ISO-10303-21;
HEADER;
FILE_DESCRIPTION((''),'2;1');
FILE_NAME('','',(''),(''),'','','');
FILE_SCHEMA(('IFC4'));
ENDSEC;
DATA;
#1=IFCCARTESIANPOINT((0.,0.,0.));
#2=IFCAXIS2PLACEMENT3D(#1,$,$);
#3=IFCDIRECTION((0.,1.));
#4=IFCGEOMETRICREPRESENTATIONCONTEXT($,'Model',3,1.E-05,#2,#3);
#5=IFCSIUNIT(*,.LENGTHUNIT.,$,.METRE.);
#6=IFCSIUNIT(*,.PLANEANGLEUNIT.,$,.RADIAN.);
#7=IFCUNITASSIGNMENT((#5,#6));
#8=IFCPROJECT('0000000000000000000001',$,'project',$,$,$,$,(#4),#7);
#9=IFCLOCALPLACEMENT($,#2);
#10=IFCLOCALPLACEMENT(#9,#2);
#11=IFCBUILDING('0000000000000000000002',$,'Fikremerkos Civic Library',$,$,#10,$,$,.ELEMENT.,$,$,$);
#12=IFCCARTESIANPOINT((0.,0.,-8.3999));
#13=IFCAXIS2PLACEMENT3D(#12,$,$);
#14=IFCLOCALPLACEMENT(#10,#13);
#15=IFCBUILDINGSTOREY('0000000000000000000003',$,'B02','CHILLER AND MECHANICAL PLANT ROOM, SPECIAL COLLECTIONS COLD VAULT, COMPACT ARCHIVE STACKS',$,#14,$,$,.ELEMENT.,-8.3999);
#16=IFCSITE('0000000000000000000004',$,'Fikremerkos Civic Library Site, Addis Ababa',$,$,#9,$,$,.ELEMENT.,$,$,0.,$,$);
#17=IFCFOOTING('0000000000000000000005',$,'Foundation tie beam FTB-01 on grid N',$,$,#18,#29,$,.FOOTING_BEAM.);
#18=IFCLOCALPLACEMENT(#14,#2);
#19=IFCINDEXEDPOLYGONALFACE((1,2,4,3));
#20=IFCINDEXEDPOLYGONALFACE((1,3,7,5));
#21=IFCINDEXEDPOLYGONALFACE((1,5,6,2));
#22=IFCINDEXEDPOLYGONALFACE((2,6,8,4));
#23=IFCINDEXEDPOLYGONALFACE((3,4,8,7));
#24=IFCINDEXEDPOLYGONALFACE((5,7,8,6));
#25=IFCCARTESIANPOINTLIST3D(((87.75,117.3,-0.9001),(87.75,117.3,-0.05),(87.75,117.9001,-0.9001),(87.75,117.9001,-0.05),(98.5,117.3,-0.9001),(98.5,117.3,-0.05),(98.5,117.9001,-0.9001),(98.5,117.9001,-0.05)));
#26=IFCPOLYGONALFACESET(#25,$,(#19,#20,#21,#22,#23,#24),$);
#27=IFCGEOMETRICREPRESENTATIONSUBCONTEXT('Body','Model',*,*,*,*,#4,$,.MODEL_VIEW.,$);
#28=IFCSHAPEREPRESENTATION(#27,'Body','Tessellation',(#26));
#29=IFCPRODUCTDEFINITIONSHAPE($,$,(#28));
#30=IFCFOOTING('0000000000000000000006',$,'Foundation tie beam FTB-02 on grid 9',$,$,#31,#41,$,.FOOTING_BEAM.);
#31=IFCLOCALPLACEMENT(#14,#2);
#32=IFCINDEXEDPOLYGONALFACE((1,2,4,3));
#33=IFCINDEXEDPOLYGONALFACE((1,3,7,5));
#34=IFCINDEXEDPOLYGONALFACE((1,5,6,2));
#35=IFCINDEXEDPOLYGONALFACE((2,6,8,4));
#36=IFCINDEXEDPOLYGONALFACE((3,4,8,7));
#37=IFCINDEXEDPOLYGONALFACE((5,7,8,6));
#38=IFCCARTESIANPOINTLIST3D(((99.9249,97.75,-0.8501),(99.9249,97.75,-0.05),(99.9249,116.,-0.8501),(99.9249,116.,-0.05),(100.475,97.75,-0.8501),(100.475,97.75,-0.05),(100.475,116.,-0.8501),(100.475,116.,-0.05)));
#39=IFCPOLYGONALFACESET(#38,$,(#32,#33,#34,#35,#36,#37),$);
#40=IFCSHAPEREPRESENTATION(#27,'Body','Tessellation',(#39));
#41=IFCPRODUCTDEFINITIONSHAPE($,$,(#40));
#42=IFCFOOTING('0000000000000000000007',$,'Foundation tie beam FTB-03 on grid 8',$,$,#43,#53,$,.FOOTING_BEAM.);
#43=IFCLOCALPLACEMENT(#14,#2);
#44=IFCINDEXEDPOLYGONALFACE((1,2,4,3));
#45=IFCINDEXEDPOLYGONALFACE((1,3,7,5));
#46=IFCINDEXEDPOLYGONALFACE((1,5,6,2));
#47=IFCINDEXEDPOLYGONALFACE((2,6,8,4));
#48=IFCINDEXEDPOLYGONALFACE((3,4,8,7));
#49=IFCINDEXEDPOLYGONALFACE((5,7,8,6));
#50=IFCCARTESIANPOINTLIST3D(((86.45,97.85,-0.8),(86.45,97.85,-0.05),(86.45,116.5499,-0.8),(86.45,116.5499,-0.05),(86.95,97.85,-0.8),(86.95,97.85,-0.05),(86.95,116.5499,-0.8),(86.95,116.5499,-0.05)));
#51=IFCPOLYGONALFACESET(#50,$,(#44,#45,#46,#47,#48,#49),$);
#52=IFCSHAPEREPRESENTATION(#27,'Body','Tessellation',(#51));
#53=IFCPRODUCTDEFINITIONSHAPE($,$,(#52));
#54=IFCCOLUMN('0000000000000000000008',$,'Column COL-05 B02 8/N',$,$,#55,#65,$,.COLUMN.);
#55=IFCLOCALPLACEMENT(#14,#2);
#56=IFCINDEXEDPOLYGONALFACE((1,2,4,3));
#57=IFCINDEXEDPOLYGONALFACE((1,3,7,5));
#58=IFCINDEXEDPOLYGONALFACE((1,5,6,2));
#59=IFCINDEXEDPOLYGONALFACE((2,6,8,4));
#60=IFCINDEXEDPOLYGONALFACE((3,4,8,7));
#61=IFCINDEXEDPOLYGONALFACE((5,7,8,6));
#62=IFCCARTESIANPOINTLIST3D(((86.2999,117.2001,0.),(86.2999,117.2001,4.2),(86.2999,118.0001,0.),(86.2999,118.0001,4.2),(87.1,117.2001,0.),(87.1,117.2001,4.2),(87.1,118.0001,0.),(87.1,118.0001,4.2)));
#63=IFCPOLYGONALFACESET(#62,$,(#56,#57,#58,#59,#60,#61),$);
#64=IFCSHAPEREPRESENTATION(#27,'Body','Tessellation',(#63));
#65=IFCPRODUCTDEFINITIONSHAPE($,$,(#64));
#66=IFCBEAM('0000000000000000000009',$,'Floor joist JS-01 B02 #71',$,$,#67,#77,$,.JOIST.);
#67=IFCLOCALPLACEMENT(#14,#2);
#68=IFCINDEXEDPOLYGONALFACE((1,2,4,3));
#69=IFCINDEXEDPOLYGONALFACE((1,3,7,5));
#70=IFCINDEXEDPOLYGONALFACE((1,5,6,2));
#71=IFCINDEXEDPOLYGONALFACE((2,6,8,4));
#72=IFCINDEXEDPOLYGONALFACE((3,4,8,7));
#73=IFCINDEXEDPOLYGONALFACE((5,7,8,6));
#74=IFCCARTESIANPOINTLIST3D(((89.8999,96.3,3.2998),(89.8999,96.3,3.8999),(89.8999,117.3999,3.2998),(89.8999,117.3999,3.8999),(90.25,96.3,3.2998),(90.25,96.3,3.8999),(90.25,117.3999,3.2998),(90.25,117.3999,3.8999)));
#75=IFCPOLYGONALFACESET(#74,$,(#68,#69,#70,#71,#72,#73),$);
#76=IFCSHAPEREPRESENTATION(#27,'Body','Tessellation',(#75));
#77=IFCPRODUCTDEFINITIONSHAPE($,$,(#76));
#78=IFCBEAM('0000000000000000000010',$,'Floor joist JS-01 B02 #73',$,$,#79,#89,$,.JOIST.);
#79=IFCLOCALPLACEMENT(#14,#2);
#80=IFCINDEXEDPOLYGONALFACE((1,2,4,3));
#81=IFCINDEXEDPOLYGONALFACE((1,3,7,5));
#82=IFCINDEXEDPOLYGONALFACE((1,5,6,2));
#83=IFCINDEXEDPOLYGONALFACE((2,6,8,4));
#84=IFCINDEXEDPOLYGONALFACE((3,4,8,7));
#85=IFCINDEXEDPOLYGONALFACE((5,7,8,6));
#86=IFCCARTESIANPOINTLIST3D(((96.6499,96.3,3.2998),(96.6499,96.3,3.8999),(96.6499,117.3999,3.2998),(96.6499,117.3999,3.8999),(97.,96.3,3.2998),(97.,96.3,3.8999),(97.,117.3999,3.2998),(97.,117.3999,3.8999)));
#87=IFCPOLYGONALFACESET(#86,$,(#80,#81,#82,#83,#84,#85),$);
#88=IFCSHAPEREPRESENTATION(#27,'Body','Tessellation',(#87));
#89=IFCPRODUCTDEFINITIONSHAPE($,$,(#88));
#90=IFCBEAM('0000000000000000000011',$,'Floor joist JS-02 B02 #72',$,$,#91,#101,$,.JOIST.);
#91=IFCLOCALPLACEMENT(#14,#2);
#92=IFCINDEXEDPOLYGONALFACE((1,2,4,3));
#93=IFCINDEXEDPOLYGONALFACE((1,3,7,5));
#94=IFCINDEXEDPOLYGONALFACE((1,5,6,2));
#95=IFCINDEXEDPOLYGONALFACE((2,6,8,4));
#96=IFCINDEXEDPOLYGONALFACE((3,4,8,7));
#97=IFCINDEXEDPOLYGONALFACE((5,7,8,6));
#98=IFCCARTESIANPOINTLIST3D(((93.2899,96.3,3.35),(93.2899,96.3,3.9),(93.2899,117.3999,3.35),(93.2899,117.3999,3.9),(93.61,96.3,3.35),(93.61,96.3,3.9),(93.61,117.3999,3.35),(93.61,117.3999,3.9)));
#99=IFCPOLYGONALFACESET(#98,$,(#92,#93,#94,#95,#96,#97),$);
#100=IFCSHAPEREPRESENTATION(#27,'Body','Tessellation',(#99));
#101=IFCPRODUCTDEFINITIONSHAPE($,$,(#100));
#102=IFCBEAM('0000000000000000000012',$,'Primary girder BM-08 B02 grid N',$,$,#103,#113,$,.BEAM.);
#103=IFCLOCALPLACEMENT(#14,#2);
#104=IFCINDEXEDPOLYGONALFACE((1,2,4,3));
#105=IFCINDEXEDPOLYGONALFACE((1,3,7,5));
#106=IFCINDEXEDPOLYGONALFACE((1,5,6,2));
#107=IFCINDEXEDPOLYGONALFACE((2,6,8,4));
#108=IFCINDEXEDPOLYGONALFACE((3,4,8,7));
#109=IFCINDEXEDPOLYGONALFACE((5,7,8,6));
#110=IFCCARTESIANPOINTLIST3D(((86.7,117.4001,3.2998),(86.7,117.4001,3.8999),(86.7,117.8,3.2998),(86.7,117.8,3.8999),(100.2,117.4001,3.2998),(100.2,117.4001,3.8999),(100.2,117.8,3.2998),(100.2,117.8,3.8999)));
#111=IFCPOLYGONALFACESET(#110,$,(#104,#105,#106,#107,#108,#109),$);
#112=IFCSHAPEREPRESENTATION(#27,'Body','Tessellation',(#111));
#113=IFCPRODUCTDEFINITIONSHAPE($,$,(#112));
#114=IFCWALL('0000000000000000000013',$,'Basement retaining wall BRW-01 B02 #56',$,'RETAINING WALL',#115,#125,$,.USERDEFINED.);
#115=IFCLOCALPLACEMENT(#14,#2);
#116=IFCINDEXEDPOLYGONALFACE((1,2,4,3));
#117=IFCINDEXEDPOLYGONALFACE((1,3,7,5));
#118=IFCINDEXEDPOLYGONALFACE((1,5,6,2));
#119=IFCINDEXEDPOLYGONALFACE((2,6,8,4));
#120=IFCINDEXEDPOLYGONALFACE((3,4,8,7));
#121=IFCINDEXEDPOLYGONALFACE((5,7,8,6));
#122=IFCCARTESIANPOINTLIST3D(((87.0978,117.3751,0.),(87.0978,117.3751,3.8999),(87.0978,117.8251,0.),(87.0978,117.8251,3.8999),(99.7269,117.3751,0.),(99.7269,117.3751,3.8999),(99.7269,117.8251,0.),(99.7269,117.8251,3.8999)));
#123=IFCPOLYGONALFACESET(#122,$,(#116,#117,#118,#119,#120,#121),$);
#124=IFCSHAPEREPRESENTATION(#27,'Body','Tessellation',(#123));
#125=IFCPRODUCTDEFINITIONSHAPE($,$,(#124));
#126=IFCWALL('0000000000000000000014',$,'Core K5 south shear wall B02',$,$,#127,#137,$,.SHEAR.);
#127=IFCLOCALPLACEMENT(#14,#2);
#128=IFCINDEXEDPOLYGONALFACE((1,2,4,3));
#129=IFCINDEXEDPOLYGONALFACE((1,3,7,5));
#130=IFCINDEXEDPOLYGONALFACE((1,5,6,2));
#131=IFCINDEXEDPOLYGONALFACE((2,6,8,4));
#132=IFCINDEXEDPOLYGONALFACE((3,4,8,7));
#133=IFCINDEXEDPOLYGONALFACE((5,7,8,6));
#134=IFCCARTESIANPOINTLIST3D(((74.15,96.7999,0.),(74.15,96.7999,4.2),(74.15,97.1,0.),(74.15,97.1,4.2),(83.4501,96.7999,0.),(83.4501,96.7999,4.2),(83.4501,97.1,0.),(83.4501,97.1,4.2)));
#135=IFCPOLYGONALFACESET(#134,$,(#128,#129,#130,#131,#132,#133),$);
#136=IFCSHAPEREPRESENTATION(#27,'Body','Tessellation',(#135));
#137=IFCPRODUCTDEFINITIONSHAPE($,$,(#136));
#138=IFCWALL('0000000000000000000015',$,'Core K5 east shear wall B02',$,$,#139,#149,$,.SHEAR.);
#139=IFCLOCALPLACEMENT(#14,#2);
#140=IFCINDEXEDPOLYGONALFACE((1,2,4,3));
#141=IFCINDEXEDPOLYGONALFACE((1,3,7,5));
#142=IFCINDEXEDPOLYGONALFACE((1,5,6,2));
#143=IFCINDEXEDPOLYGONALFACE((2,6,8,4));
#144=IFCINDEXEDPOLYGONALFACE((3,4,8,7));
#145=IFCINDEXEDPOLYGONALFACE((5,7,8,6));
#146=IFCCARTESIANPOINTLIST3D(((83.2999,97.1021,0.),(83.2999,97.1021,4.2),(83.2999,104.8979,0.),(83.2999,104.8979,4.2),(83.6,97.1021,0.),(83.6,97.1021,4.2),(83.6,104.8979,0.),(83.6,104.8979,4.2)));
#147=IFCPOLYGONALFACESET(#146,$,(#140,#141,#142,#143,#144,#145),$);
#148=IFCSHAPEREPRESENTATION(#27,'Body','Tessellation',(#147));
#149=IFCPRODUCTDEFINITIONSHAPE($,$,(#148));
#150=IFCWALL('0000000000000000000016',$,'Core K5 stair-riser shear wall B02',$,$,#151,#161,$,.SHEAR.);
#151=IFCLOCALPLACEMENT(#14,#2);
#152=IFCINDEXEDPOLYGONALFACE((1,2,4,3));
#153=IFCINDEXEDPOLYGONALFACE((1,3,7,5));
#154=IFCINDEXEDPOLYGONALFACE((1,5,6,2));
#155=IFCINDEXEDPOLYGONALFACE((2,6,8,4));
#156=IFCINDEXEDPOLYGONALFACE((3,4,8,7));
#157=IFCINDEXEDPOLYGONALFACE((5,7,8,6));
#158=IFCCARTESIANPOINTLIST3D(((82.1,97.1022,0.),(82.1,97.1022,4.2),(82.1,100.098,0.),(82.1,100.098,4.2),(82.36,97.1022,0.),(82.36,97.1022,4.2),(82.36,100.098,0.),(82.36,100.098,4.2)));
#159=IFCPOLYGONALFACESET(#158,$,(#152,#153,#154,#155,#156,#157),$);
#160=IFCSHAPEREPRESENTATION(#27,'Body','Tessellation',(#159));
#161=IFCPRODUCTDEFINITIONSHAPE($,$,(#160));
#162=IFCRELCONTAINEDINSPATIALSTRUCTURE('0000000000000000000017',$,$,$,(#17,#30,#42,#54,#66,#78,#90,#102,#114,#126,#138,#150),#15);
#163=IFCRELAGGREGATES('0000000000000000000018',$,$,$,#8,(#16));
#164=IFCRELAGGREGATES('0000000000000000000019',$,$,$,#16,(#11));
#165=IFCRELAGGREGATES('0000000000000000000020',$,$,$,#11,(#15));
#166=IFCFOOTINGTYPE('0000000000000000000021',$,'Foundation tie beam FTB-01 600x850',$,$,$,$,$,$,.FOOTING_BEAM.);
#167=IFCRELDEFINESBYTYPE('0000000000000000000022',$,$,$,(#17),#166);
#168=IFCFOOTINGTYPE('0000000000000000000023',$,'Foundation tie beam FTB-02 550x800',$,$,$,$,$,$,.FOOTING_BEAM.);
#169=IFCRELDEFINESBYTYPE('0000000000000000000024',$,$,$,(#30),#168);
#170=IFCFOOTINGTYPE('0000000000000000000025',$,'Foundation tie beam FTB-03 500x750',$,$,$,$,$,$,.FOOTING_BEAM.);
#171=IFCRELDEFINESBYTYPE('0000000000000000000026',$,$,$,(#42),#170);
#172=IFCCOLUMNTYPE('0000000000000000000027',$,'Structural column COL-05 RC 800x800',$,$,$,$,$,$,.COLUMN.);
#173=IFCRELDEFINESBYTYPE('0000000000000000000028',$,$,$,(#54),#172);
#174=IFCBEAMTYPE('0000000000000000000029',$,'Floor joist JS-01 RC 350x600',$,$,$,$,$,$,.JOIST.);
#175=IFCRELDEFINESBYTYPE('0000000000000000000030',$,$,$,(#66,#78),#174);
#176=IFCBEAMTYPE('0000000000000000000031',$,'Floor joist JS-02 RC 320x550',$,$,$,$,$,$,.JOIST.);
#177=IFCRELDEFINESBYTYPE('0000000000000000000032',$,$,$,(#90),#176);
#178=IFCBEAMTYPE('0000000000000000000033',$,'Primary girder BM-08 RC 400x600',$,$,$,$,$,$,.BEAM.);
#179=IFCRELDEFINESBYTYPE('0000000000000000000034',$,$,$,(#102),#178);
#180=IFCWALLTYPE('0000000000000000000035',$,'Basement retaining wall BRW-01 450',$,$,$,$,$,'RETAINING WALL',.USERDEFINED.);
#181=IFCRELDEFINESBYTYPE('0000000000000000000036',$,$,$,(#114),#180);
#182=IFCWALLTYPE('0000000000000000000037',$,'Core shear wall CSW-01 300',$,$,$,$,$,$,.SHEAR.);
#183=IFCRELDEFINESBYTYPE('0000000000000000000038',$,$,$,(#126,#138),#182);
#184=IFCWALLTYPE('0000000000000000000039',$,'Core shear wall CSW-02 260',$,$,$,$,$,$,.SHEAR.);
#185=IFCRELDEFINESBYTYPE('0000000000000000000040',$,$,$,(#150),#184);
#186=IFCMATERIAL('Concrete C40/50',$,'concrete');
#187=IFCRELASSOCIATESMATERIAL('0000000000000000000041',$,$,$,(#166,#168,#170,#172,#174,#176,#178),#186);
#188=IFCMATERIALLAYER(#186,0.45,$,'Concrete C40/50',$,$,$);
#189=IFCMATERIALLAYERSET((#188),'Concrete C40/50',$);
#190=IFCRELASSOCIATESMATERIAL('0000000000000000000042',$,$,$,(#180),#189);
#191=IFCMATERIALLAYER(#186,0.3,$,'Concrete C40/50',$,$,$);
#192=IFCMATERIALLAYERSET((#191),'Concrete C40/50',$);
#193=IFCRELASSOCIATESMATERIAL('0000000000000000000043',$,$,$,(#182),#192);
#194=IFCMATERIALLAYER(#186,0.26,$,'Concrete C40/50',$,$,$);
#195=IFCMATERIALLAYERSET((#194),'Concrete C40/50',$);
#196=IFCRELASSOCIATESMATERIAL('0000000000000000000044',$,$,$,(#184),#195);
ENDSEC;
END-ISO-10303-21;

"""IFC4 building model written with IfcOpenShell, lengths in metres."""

from ifc_helpers import new_model, si_unit, direction, frame, frame_2d, origin, origin_2d, place, context, subcontext, project, spatial, rectangle, extrude, material, layer, layer_set, material_profile, profile_set, type_object, element, save


model = new_model("IFC4")

# Units and contexts
model_context = context("Model", 3, precision=1e-05, world=origin(), true_north=direction((0.0, 1.0)))
body_context = subcontext(model_context, "Body", "Model", "MODEL_VIEW")
ifc_project = project(units=[si_unit("LENGTHUNIT", "METRE"), si_unit("PLANEANGLEUNIT", "RADIAN")], contexts=[model_context])

# Site, building, storey
site_placement = place(None, origin())
site = spatial("IfcSite", under=ifc_project, at=site_placement, Name="Fikremerkos Civic Library Site, Addis Ababa", CompositionType="ELEMENT", RefElevation=0.0)
building_placement = place(site_placement, origin())
building = spatial("IfcBuilding", under=site, at=building_placement, Name="Fikremerkos Civic Library", CompositionType="ELEMENT")
storey_placement = place(building_placement, frame((0.0, 0.0, -8.3999)))
storey = spatial("IfcBuildingStorey", under=building, at=storey_placement, Name="B02", Description="CHILLER AND MECHANICAL PLANT ROOM, SPECIAL COLLECTIONS COLD VAULT, COMPACT ARCHIVE STACKS", CompositionType="ELEMENT", Elevation=-8.3999)

# Footings
ifc_material_1 = material(Name="Concrete C40/50", Category="concrete")
footing_type_1 = type_object("IfcFootingType", Name="Foundation tie beam FTB-01 600x850", PredefinedType="FOOTING_BEAM", material=ifc_material_1)
footing_1_placement = place(storey_placement, frame((93.125, 117.6001, -0.9001), z_axis=(0.0, 0.0, 1.0), x_axis=(1.0, 0.0, 0.0)))
element("IfcFooting", 1, at=footing_1_placement, inside=storey, type_object=footing_type_1, Name="Foundation tie beam FTB-01 on grid N", PredefinedType="FOOTING_BEAM", context=body_context, shape_type="SweptSolid", body=[
    extrude(rectangle(XDim=10.75, YDim=0.6001, at=origin_2d()), origin(), (0.0, 0.0, 1.0), 0.8501),
])
footing_type_2 = type_object("IfcFootingType", Name="Foundation tie beam FTB-02 550x800", PredefinedType="FOOTING_BEAM", material=ifc_material_1)
footing_2_placement = place(storey_placement, frame((100.2, 106.875, -0.8501), z_axis=(0.0, 0.0, 1.0), x_axis=(0.0, 1.0, 0.0)))
element("IfcFooting", 2, at=footing_2_placement, inside=storey, type_object=footing_type_2, Name="Foundation tie beam FTB-02 on grid 9", PredefinedType="FOOTING_BEAM", context=body_context, shape_type="SweptSolid", body=[
    extrude(rectangle(XDim=18.25, YDim=0.55, at=origin_2d()), origin(), (0.0, 0.0, 1.0), 0.8),
])
footing_type_3 = type_object("IfcFootingType", Name="Foundation tie beam FTB-03 500x750", PredefinedType="FOOTING_BEAM", material=ifc_material_1)
footing_3_placement = place(storey_placement, frame((86.7, 107.2, -0.8), z_axis=(0.0, 0.0, 1.0), x_axis=(0.0, 1.0, 0.0)))
element("IfcFooting", 3, at=footing_3_placement, inside=storey, type_object=footing_type_3, Name="Foundation tie beam FTB-03 on grid 8", PredefinedType="FOOTING_BEAM", context=body_context, shape_type="SweptSolid", body=[
    extrude(rectangle(XDim=18.7, YDim=0.5, at=origin_2d()), origin(), (0.0, 0.0, 1.0), 0.75),
])

# Column
ifc_material_profile_1 = material_profile(ifc_material_1, rectangle(XDim=0.8, YDim=0.8, at=origin_2d()), Name="RC 800x800")
ifc_profile_set_1 = profile_set([ifc_material_profile_1], Name="Concrete C40/50")
column_type = type_object("IfcColumnType", Name="Structural column COL-05 RC 800x800", PredefinedType="COLUMN", material=ifc_profile_set_1)
column_placement = place(storey_placement, frame((86.7, 117.6001, 0.0), z_axis=(0.0, 0.0, 1.0), x_axis=(1.0, 0.0, 0.0)))
element("IfcColumn", 4, at=column_placement, inside=storey, type_object=column_type, Name="Column COL-05 B02 8/N", PredefinedType="COLUMN", context=body_context, shape_type="SweptSolid", body=[
    extrude(rectangle(XDim=0.8, YDim=0.8, at=origin_2d()), origin(), (0.0, 0.0, 1.0), 4.2),
])

# Beams
ifc_material_profile_2 = material_profile(ifc_material_1, rectangle(XDim=0.3501, YDim=0.6001, at=origin_2d()), Name="RC 350x600")
ifc_profile_set_2 = profile_set([ifc_material_profile_2], Name="Concrete C40/50")
beam_type_1 = type_object("IfcBeamType", Name="Floor joist JS-01 RC 350x600", PredefinedType="JOIST", material=ifc_profile_set_2)
for number, where, z_axis, x_axis, name in (
    (5, (90.075, 96.3, 3.5999), (0.0, 1.0, 0.0), (-1.0, 0.0, 0.0), "Floor joist JS-01 B02 #71"),
    (6, (96.825, 96.3, 3.5999), (0.0, 1.0, 0.0), (-1.0, 0.0, 0.0), "Floor joist JS-01 B02 #73"),
):
    element("IfcBeam", number, at=place(storey_placement, frame(where, z_axis=z_axis, x_axis=x_axis)), inside=storey, type_object=beam_type_1, Name=name, PredefinedType="JOIST", context=body_context, shape_type="SweptSolid", body=[
        extrude(rectangle(XDim=0.3501, YDim=0.6001, at=origin_2d()), origin(), (0.0, 0.0, 1.0), 21.0999),
    ])
ifc_material_profile_3 = material_profile(ifc_material_1, rectangle(XDim=0.3201, YDim=0.55, at=origin_2d()), Name="RC 320x550")
ifc_profile_set_3 = profile_set([ifc_material_profile_3], Name="Concrete C40/50")
beam_type_2 = type_object("IfcBeamType", Name="Floor joist JS-02 RC 320x550", PredefinedType="JOIST", material=ifc_profile_set_3)
beam_1_placement = place(storey_placement, frame((93.45, 96.3, 3.625), z_axis=(0.0, 1.0, 0.0), x_axis=(-1.0, 0.0, 0.0)))
element("IfcBeam", 7, at=beam_1_placement, inside=storey, type_object=beam_type_2, Name="Floor joist JS-02 B02 #72", PredefinedType="JOIST", context=body_context, shape_type="SweptSolid", body=[
    extrude(rectangle(XDim=0.3201, YDim=0.55, at=origin_2d()), origin(), (0.0, 0.0, 1.0), 21.0999),
])
ifc_material_profile_4 = material_profile(ifc_material_1, rectangle(XDim=0.3999, YDim=0.6001, at=origin_2d()), Name="RC 400x600")
ifc_profile_set_4 = profile_set([ifc_material_profile_4], Name="Concrete C40/50")
beam_type_3 = type_object("IfcBeamType", Name="Primary girder BM-08 RC 400x600", PredefinedType="BEAM", material=ifc_profile_set_4)
beam_2_placement = place(storey_placement, frame((86.7, 117.6001, 3.5999), z_axis=(1.0, 0.0, 0.0), x_axis=(0.0, 1.0, 0.0)))
element("IfcBeam", 8, at=beam_2_placement, inside=storey, type_object=beam_type_3, Name="Primary girder BM-08 B02 grid N", PredefinedType="BEAM", context=body_context, shape_type="SweptSolid", body=[
    extrude(rectangle(XDim=0.3999, YDim=0.6001, at=origin_2d()), origin(), (0.0, 0.0, 1.0), 13.5),
])

# Walls
ifc_layer_1 = layer(ifc_material_1, 0.45, Name="Concrete C40/50")
ifc_layer_set_1 = layer_set([ifc_layer_1], Name="Concrete C40/50")
wall_type_1 = type_object("IfcWallType", Name="Basement retaining wall BRW-01 450", ElementType="RETAINING WALL", PredefinedType="USERDEFINED", material=ifc_layer_set_1)
wall_1_placement = place(storey_placement, frame((87.0979, 117.6001, 0.0), z_axis=(0.0, 0.0, 1.0), x_axis=(1.0, 0.0, 0.0)))
element("IfcWall", 9, at=wall_1_placement, inside=storey, type_object=wall_type_1, Name="Basement retaining wall BRW-01 B02 #56", ObjectType="RETAINING WALL", PredefinedType="USERDEFINED", context=body_context, shape_type="SweptSolid", body=[
    extrude(rectangle(XDim=12.6292, YDim=0.45, at=frame_2d((6.3145, 0.0))), origin(), (0.0, 0.0, 1.0), 3.8999),
])
ifc_layer_2 = layer(ifc_material_1, 0.3, Name="Concrete C40/50")
ifc_layer_set_2 = layer_set([ifc_layer_2], Name="Concrete C40/50")
wall_type_2 = type_object("IfcWallType", Name="Core shear wall CSW-01 300", PredefinedType="SHEAR", material=ifc_layer_set_2)
wall_2_placement = place(storey_placement, frame((83.45, 96.95, 0.0), z_axis=(0.0, 0.0, 1.0), x_axis=(-1.0, 0.0, 0.0)))
element("IfcWall", 10, at=wall_2_placement, inside=storey, type_object=wall_type_2, Name="Core K5 south shear wall B02", PredefinedType="SHEAR", context=body_context, shape_type="SweptSolid", body=[
    extrude(rectangle(XDim=9.3, YDim=0.3, at=frame_2d((4.6499, 0.0))), origin(), (0.0, 0.0, 1.0), 4.2),
])
wall_3_placement = place(storey_placement, frame((83.45, 104.8979, 0.0), z_axis=(0.0, 0.0, 1.0), x_axis=(0.0, -1.0, 0.0)))
element("IfcWall", 11, at=wall_3_placement, inside=storey, type_object=wall_type_2, Name="Core K5 east shear wall B02", PredefinedType="SHEAR", context=body_context, shape_type="SweptSolid", body=[
    extrude(rectangle(XDim=7.7959, YDim=0.3, at=frame_2d((3.8979, 0.0))), origin(), (0.0, 0.0, 1.0), 4.2),
])
ifc_layer_3 = layer(ifc_material_1, 0.26, Name="Concrete C40/50")
ifc_layer_set_3 = layer_set([ifc_layer_3], Name="Concrete C40/50")
wall_type_3 = type_object("IfcWallType", Name="Core shear wall CSW-02 260", PredefinedType="SHEAR", material=ifc_layer_set_3)
wall_4_placement = place(storey_placement, frame((82.23, 97.1021, 0.0), z_axis=(0.0, 0.0, 1.0), x_axis=(0.0, 1.0, 0.0)))
element("IfcWall", 12, at=wall_4_placement, inside=storey, type_object=wall_type_3, Name="Core K5 stair-riser shear wall B02", PredefinedType="SHEAR", context=body_context, shape_type="SweptSolid", body=[
    extrude(rectangle(XDim=2.9958, YDim=0.26, at=frame_2d((1.498, 0.0))), origin(), (0.0, 0.0, 1.0), 4.2),
])

save(model, "model.ifc")
